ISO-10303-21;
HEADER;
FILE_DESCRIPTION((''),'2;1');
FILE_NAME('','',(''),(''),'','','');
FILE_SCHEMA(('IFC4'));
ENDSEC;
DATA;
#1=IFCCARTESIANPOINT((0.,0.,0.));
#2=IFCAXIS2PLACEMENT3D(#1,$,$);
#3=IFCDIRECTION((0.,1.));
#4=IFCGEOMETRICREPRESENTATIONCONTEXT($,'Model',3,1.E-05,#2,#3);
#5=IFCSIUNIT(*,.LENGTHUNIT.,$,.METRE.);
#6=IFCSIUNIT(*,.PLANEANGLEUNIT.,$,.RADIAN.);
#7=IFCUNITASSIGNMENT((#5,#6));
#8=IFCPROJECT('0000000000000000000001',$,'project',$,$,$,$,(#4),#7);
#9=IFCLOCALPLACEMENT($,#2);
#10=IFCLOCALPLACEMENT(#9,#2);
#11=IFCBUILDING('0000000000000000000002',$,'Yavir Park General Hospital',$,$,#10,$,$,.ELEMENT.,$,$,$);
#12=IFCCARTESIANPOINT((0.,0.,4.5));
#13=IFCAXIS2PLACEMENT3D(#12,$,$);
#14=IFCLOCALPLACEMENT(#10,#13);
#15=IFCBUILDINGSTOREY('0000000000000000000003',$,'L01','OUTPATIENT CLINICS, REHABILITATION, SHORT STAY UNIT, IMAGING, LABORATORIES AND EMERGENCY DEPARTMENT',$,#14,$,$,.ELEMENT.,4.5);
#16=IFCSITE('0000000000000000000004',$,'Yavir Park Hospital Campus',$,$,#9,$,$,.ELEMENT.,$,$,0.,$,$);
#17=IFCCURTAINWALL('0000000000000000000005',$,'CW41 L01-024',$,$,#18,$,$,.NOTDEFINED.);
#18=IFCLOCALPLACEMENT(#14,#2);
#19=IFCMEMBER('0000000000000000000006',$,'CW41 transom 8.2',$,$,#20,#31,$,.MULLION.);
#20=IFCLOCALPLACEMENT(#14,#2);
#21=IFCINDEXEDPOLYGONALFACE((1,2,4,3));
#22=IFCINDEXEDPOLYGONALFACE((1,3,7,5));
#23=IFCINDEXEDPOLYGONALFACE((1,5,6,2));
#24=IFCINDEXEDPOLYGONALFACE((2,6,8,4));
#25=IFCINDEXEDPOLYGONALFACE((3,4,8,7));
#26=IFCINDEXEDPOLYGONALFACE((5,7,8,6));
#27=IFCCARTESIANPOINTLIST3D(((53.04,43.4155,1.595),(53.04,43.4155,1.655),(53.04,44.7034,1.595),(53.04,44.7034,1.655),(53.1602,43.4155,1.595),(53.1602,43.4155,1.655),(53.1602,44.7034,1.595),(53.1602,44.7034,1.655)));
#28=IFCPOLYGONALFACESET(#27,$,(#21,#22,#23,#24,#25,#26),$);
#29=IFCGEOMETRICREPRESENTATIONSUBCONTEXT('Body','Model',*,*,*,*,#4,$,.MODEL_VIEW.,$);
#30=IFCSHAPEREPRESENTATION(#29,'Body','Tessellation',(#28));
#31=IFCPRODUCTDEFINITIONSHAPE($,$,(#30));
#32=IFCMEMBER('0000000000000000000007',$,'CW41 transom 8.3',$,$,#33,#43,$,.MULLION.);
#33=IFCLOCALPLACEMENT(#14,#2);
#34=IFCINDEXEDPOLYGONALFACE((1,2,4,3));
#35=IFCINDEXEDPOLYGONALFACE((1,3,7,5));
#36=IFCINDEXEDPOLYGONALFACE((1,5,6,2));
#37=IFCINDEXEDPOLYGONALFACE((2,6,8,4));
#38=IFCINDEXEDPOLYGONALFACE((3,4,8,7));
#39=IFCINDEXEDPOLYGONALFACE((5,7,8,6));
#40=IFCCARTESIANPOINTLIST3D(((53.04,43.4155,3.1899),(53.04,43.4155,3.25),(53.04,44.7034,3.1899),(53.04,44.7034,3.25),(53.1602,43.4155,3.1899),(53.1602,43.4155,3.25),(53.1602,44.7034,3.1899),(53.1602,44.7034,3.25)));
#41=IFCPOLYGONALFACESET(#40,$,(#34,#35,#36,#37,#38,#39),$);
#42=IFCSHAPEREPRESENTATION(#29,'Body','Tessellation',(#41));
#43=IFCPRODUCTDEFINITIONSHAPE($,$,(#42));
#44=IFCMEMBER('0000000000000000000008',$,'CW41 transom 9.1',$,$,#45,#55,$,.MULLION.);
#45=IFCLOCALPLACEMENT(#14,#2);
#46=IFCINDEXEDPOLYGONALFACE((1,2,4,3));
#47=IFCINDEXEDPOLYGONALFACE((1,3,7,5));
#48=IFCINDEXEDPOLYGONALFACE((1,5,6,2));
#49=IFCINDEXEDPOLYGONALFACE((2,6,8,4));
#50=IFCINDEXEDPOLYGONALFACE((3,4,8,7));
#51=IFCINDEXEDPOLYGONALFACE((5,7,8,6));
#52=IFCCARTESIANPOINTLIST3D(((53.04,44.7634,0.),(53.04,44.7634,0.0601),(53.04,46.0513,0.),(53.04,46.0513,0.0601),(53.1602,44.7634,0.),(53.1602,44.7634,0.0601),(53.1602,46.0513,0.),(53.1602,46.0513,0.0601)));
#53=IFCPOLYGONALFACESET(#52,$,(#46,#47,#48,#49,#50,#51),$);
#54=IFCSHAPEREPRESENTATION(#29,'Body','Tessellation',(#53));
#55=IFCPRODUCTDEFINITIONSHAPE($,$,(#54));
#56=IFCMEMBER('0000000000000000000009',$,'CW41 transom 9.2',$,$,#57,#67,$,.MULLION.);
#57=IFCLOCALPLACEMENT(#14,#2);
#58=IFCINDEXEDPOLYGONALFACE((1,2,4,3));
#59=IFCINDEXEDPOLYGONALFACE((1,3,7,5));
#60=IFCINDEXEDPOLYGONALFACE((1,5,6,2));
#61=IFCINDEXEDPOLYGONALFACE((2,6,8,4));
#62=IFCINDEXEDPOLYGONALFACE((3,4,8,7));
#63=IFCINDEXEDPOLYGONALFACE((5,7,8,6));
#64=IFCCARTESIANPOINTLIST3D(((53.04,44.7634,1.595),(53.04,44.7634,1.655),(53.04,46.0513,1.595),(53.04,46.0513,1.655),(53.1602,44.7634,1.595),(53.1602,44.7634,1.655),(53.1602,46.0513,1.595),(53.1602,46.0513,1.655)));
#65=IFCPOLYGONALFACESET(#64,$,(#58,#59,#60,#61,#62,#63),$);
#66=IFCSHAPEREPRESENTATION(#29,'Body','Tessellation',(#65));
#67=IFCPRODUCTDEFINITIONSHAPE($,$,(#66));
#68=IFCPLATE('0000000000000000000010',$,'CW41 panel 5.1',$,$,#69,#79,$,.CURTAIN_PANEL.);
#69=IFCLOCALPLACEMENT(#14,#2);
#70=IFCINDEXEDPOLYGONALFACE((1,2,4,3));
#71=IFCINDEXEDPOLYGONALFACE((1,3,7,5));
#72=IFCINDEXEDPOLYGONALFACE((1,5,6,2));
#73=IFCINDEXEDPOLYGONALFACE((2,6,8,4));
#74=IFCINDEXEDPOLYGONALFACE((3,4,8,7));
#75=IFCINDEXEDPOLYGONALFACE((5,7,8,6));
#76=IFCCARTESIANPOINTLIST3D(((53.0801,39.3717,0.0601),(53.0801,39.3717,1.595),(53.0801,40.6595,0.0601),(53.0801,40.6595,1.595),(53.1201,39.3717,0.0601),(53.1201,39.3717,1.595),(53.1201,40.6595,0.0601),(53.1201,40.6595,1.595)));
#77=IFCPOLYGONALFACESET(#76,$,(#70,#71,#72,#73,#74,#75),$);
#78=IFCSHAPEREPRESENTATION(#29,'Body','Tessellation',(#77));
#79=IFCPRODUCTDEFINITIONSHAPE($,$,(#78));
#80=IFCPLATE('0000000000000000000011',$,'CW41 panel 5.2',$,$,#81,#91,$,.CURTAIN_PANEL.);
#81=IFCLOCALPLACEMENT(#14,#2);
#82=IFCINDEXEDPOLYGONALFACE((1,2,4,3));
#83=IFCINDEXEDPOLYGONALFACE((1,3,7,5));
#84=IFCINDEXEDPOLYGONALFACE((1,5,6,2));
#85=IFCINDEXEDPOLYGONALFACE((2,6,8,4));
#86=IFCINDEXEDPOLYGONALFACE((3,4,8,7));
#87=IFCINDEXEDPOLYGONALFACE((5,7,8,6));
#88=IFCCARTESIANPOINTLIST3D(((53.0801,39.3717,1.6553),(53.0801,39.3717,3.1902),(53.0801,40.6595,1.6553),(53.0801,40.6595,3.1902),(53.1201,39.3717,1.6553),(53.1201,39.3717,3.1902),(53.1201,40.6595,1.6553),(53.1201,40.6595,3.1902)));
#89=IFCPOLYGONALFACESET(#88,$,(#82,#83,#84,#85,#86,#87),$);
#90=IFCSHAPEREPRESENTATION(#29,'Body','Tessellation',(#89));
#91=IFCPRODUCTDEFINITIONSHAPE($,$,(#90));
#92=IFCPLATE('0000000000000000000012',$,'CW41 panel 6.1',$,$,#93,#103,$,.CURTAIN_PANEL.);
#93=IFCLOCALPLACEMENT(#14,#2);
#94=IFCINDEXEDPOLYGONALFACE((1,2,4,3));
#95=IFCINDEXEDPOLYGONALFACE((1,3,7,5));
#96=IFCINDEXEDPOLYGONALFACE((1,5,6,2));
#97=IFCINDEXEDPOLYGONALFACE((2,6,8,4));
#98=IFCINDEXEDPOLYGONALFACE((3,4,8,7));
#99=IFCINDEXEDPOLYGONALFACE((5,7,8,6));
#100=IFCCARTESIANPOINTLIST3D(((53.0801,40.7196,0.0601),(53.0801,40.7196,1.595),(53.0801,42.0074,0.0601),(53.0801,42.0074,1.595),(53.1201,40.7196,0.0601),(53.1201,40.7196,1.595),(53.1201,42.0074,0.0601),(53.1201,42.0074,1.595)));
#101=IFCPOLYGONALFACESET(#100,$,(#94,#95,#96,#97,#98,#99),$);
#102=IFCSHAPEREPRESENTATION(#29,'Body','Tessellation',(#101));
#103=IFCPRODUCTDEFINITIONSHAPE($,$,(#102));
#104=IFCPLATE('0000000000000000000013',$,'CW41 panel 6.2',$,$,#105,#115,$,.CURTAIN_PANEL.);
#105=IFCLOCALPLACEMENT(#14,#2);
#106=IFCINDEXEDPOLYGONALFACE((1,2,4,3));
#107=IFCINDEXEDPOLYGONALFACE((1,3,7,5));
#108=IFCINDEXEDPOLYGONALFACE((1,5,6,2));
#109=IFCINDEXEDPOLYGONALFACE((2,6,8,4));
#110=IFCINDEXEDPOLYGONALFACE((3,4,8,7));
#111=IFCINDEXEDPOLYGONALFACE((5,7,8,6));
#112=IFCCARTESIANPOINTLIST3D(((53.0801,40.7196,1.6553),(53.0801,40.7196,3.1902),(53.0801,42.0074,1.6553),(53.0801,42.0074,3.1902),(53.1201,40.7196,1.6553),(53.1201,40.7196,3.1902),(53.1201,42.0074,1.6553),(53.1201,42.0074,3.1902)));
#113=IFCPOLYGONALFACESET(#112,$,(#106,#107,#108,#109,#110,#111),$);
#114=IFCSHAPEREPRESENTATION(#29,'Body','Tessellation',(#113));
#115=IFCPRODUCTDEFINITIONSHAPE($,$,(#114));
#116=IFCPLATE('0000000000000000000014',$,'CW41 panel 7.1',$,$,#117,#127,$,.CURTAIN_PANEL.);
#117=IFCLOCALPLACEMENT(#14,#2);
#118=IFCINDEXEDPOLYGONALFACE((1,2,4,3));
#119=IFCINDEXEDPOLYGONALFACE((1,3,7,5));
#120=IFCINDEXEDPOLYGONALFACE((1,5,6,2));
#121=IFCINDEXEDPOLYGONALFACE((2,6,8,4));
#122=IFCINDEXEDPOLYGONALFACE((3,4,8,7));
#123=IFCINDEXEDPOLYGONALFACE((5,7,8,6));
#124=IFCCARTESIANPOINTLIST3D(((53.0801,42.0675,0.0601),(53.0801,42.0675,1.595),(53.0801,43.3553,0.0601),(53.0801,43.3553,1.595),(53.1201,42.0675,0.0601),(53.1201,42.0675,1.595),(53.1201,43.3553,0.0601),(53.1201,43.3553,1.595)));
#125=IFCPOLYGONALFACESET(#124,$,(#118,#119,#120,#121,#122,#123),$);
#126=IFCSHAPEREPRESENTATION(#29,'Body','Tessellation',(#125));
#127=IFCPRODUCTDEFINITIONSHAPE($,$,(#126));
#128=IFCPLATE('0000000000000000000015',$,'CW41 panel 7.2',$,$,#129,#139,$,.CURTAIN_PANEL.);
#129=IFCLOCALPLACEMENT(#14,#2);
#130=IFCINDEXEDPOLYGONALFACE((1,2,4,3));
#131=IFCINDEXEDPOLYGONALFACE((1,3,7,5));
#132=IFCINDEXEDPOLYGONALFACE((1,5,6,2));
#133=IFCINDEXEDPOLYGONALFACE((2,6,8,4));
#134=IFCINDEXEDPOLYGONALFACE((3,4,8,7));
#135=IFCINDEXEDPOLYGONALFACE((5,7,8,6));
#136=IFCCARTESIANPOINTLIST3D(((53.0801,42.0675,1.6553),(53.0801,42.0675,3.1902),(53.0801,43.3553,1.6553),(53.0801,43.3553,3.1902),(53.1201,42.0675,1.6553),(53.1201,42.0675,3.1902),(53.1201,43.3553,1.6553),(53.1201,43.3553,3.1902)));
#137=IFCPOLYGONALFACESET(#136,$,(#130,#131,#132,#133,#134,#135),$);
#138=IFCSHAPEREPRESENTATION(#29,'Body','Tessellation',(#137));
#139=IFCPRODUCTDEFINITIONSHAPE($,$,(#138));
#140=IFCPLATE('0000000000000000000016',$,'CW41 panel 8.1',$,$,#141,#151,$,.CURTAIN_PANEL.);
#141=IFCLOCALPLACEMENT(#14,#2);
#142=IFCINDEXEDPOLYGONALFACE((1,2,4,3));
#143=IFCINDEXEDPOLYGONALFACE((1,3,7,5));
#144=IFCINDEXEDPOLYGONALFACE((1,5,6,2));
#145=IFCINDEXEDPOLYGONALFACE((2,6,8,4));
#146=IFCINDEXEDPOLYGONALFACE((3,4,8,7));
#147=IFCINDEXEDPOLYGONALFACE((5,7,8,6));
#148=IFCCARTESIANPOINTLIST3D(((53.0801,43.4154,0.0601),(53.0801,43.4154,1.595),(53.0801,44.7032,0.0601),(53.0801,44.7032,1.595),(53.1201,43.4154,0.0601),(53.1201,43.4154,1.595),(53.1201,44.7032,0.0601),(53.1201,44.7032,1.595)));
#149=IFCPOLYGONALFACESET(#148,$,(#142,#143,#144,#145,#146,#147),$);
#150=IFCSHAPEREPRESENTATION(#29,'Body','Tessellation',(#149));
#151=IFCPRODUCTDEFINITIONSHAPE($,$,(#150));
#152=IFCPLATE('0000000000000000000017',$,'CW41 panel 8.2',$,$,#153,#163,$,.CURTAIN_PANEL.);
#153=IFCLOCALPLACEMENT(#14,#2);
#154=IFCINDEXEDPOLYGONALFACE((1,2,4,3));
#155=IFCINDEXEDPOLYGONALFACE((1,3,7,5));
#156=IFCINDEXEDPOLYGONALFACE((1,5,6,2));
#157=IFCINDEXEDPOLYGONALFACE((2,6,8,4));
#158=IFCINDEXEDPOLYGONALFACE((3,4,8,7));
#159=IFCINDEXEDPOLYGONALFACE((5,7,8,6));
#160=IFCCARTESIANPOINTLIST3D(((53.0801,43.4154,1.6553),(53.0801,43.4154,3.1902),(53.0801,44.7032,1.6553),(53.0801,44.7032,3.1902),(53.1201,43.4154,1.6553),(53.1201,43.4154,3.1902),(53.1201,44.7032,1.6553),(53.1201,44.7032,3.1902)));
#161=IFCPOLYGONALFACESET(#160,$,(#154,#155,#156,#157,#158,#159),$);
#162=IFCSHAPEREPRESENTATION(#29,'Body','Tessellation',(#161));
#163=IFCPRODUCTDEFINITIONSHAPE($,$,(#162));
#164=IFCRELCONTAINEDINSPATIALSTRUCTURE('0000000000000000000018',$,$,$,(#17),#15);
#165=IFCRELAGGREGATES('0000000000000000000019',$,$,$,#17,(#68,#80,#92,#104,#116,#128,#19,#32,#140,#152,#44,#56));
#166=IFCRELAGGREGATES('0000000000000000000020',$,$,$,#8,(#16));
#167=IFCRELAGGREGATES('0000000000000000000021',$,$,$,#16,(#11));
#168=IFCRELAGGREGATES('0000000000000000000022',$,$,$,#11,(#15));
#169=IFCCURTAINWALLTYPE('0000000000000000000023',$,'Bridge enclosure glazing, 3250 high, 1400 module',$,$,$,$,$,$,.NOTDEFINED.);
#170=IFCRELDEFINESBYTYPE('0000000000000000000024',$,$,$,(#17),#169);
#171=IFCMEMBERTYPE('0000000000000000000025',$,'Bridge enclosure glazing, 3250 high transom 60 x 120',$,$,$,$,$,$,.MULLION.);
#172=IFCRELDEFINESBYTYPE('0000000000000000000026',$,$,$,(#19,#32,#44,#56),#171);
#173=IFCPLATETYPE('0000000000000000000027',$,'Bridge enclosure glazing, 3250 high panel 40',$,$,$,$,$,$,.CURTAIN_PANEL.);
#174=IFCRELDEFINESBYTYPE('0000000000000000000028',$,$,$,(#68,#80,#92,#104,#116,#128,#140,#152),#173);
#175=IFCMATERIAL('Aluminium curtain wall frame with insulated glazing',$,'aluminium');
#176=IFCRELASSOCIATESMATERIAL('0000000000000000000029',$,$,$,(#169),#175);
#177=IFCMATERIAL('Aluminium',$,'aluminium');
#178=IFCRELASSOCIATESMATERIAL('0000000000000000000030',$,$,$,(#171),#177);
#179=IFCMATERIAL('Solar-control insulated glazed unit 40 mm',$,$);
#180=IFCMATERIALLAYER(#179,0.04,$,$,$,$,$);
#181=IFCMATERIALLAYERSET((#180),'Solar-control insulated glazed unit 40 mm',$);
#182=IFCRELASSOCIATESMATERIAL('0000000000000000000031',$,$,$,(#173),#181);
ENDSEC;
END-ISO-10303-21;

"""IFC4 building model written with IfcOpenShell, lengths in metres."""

from ifc_helpers import new_model, si_unit, direction, frame, origin, origin_2d, place, context, subcontext, project, spatial, rectangle, extrude, material, layer, layer_set, material_profile, profile_set, type_object, element, aggregate, save


model = new_model("IFC4")

# Units and contexts
model_context = context("Model", 3, precision=1e-05, world=origin(), true_north=direction((0.0, 1.0)))
body_context = subcontext(model_context, "Body", "Model", "MODEL_VIEW")
ifc_project = project(units=[si_unit("LENGTHUNIT", "METRE"), si_unit("PLANEANGLEUNIT", "RADIAN")], contexts=[model_context])

# Site, building, storey
site_placement = place(None, origin())
site = spatial("IfcSite", under=ifc_project, at=site_placement, Name="Yavir Park Hospital Campus", CompositionType="ELEMENT", RefElevation=0.0)
building_placement = place(site_placement, origin())
building = spatial("IfcBuilding", under=site, at=building_placement, Name="Yavir Park General Hospital", CompositionType="ELEMENT")
storey_placement = place(building_placement, frame((0.0, 0.0, 4.5)))
storey = spatial("IfcBuildingStorey", under=building, at=storey_placement, Name="L01", Description="OUTPATIENT CLINICS, REHABILITATION, SHORT STAY UNIT, IMAGING, LABORATORIES AND EMERGENCY DEPARTMENT", CompositionType="ELEMENT", Elevation=4.5)

# Curtain wall, members, plates
ifc_material_1 = material(Name="Aluminium curtain wall frame with insulated glazing", Category="aluminium")
curtain_wall_type = type_object("IfcCurtainWallType", Name="Bridge enclosure glazing, 3250 high, 1400 module", PredefinedType="NOTDEFINED", material=ifc_material_1)
curtain_wall_placement = place(storey_placement, origin())
curtain_wall = element("IfcCurtainWall", 1, at=curtain_wall_placement, inside=storey, type_object=curtain_wall_type, Name="CW41 L01-024", PredefinedType="NOTDEFINED")
ifc_material_2 = material(Name="Aluminium", Category="aluminium")
ifc_material_profile_1 = material_profile(ifc_material_2, rectangle(XDim=0.1201, YDim=0.0601, at=origin_2d()), Name="AL 120x60")
ifc_profile_set_1 = profile_set([ifc_material_profile_1], Name="Aluminium")
member_type_1 = type_object("IfcMemberType", Name="Bridge enclosure glazing, 3250 high transom 60 x 120", PredefinedType="MULLION", material=ifc_profile_set_1)
member_1_placement = place(storey_placement, frame((53.1001, 43.4155, 1.625), z_axis=(0.0, 1.0, 0.0), x_axis=(-1.0, 0.0, 0.0)))
member_1 = element("IfcMember", 2, at=member_1_placement, type_object=member_type_1, Name="CW41 transom 8.2", PredefinedType="MULLION", context=body_context, shape_type="SweptSolid", body=[
    extrude(rectangle(XDim=0.1201, YDim=0.0601, at=origin_2d()), origin(), (0.0, 0.0, 1.0), 1.2878),
])
member_2_placement = place(storey_placement, frame((53.1001, 43.4155, 3.22), z_axis=(0.0, 1.0, 0.0), x_axis=(-1.0, 0.0, 0.0)))
member_2 = element("IfcMember", 3, at=member_2_placement, type_object=member_type_1, Name="CW41 transom 8.3", PredefinedType="MULLION", context=body_context, shape_type="SweptSolid", body=[
    extrude(rectangle(XDim=0.1201, YDim=0.0601, at=origin_2d()), origin(), (0.0, 0.0, 1.0), 1.2878),
])
member_3_placement = place(storey_placement, frame((53.1001, 44.7634, 0.03), z_axis=(0.0, 1.0, 0.0), x_axis=(-1.0, 0.0, 0.0)))
member_3 = element("IfcMember", 4, at=member_3_placement, type_object=member_type_1, Name="CW41 transom 9.1", PredefinedType="MULLION", context=body_context, shape_type="SweptSolid", body=[
    extrude(rectangle(XDim=0.1201, YDim=0.0601, at=origin_2d()), origin(), (0.0, 0.0, 1.0), 1.2878),
])
member_4_placement = place(storey_placement, frame((53.1001, 44.7634, 1.625), z_axis=(0.0, 1.0, 0.0), x_axis=(-1.0, 0.0, 0.0)))
member_4 = element("IfcMember", 5, at=member_4_placement, type_object=member_type_1, Name="CW41 transom 9.2", PredefinedType="MULLION", context=body_context, shape_type="SweptSolid", body=[
    extrude(rectangle(XDim=0.1201, YDim=0.0601, at=origin_2d()), origin(), (0.0, 0.0, 1.0), 1.2878),
])
ifc_material_3 = material(Name="Solar-control insulated glazed unit 40 mm")
ifc_layer = layer(ifc_material_3, 0.04)
ifc_layer_set = layer_set([ifc_layer], Name="Solar-control insulated glazed unit 40 mm")
plate_type = type_object("IfcPlateType", Name="Bridge enclosure glazing, 3250 high panel 40", PredefinedType="CURTAIN_PANEL", material=ifc_layer_set)
plate_1_placement = place(storey_placement, frame((53.1001, 40.0156, 0.0601), z_axis=(0.0, 0.0, 1.0), x_axis=(0.0, 1.0, 0.0)))
plate_1 = element("IfcPlate", 6, at=plate_1_placement, type_object=plate_type, Name="CW41 panel 5.1", PredefinedType="CURTAIN_PANEL", context=body_context, shape_type="SweptSolid", body=[
    extrude(rectangle(XDim=1.2878, YDim=0.04, at=origin_2d()), origin(), (0.0, 0.0, 1.0), 1.5349),
])
plate_2_placement = place(storey_placement, frame((53.1001, 40.0156, 1.6553), z_axis=(0.0, 0.0, 1.0), x_axis=(0.0, 1.0, 0.0)))
plate_2 = element("IfcPlate", 7, at=plate_2_placement, type_object=plate_type, Name="CW41 panel 5.2", PredefinedType="CURTAIN_PANEL", context=body_context, shape_type="SweptSolid", body=[
    extrude(rectangle(XDim=1.2878, YDim=0.04, at=origin_2d()), origin(), (0.0, 0.0, 1.0), 1.5349),
])
plate_3_placement = place(storey_placement, frame((53.1001, 41.3635, 0.0601), z_axis=(0.0, 0.0, 1.0), x_axis=(0.0, 1.0, 0.0)))
plate_3 = element("IfcPlate", 8, at=plate_3_placement, type_object=plate_type, Name="CW41 panel 6.1", PredefinedType="CURTAIN_PANEL", context=body_context, shape_type="SweptSolid", body=[
    extrude(rectangle(XDim=1.2878, YDim=0.04, at=origin_2d()), origin(), (0.0, 0.0, 1.0), 1.5349),
])
plate_4_placement = place(storey_placement, frame((53.1001, 41.3635, 1.6553), z_axis=(0.0, 0.0, 1.0), x_axis=(0.0, 1.0, 0.0)))
plate_4 = element("IfcPlate", 9, at=plate_4_placement, type_object=plate_type, Name="CW41 panel 6.2", PredefinedType="CURTAIN_PANEL", context=body_context, shape_type="SweptSolid", body=[
    extrude(rectangle(XDim=1.2878, YDim=0.04, at=origin_2d()), origin(), (0.0, 0.0, 1.0), 1.5349),
])
plate_5_placement = place(storey_placement, frame((53.1001, 42.7114, 0.0601), z_axis=(0.0, 0.0, 1.0), x_axis=(0.0, 1.0, 0.0)))
plate_5 = element("IfcPlate", 10, at=plate_5_placement, type_object=plate_type, Name="CW41 panel 7.1", PredefinedType="CURTAIN_PANEL", context=body_context, shape_type="SweptSolid", body=[
    extrude(rectangle(XDim=1.2878, YDim=0.04, at=origin_2d()), origin(), (0.0, 0.0, 1.0), 1.5349),
])
plate_6_placement = place(storey_placement, frame((53.1001, 42.7114, 1.6553), z_axis=(0.0, 0.0, 1.0), x_axis=(0.0, 1.0, 0.0)))
plate_6 = element("IfcPlate", 11, at=plate_6_placement, type_object=plate_type, Name="CW41 panel 7.2", PredefinedType="CURTAIN_PANEL", context=body_context, shape_type="SweptSolid", body=[
    extrude(rectangle(XDim=1.2878, YDim=0.04, at=origin_2d()), origin(), (0.0, 0.0, 1.0), 1.5349),
])
plate_7_placement = place(storey_placement, frame((53.1001, 44.0593, 0.0601), z_axis=(0.0, 0.0, 1.0), x_axis=(0.0, 1.0, 0.0)))
plate_7 = element("IfcPlate", 12, at=plate_7_placement, type_object=plate_type, Name="CW41 panel 8.1", PredefinedType="CURTAIN_PANEL", context=body_context, shape_type="SweptSolid", body=[
    extrude(rectangle(XDim=1.2878, YDim=0.04, at=origin_2d()), origin(), (0.0, 0.0, 1.0), 1.5349),
])
plate_8_placement = place(storey_placement, frame((53.1001, 44.0593, 1.6553), z_axis=(0.0, 0.0, 1.0), x_axis=(0.0, 1.0, 0.0)))
plate_8 = element("IfcPlate", 13, at=plate_8_placement, type_object=plate_type, Name="CW41 panel 8.2", PredefinedType="CURTAIN_PANEL", context=body_context, shape_type="SweptSolid", body=[
    extrude(rectangle(XDim=1.2878, YDim=0.04, at=origin_2d()), origin(), (0.0, 0.0, 1.0), 1.5349),
])
aggregate(curtain_wall, [plate_1, plate_2, plate_3, plate_4, plate_5, plate_6, member_1, member_2, plate_7, plate_8, member_3, member_4])

save(model, "model.ifc")
